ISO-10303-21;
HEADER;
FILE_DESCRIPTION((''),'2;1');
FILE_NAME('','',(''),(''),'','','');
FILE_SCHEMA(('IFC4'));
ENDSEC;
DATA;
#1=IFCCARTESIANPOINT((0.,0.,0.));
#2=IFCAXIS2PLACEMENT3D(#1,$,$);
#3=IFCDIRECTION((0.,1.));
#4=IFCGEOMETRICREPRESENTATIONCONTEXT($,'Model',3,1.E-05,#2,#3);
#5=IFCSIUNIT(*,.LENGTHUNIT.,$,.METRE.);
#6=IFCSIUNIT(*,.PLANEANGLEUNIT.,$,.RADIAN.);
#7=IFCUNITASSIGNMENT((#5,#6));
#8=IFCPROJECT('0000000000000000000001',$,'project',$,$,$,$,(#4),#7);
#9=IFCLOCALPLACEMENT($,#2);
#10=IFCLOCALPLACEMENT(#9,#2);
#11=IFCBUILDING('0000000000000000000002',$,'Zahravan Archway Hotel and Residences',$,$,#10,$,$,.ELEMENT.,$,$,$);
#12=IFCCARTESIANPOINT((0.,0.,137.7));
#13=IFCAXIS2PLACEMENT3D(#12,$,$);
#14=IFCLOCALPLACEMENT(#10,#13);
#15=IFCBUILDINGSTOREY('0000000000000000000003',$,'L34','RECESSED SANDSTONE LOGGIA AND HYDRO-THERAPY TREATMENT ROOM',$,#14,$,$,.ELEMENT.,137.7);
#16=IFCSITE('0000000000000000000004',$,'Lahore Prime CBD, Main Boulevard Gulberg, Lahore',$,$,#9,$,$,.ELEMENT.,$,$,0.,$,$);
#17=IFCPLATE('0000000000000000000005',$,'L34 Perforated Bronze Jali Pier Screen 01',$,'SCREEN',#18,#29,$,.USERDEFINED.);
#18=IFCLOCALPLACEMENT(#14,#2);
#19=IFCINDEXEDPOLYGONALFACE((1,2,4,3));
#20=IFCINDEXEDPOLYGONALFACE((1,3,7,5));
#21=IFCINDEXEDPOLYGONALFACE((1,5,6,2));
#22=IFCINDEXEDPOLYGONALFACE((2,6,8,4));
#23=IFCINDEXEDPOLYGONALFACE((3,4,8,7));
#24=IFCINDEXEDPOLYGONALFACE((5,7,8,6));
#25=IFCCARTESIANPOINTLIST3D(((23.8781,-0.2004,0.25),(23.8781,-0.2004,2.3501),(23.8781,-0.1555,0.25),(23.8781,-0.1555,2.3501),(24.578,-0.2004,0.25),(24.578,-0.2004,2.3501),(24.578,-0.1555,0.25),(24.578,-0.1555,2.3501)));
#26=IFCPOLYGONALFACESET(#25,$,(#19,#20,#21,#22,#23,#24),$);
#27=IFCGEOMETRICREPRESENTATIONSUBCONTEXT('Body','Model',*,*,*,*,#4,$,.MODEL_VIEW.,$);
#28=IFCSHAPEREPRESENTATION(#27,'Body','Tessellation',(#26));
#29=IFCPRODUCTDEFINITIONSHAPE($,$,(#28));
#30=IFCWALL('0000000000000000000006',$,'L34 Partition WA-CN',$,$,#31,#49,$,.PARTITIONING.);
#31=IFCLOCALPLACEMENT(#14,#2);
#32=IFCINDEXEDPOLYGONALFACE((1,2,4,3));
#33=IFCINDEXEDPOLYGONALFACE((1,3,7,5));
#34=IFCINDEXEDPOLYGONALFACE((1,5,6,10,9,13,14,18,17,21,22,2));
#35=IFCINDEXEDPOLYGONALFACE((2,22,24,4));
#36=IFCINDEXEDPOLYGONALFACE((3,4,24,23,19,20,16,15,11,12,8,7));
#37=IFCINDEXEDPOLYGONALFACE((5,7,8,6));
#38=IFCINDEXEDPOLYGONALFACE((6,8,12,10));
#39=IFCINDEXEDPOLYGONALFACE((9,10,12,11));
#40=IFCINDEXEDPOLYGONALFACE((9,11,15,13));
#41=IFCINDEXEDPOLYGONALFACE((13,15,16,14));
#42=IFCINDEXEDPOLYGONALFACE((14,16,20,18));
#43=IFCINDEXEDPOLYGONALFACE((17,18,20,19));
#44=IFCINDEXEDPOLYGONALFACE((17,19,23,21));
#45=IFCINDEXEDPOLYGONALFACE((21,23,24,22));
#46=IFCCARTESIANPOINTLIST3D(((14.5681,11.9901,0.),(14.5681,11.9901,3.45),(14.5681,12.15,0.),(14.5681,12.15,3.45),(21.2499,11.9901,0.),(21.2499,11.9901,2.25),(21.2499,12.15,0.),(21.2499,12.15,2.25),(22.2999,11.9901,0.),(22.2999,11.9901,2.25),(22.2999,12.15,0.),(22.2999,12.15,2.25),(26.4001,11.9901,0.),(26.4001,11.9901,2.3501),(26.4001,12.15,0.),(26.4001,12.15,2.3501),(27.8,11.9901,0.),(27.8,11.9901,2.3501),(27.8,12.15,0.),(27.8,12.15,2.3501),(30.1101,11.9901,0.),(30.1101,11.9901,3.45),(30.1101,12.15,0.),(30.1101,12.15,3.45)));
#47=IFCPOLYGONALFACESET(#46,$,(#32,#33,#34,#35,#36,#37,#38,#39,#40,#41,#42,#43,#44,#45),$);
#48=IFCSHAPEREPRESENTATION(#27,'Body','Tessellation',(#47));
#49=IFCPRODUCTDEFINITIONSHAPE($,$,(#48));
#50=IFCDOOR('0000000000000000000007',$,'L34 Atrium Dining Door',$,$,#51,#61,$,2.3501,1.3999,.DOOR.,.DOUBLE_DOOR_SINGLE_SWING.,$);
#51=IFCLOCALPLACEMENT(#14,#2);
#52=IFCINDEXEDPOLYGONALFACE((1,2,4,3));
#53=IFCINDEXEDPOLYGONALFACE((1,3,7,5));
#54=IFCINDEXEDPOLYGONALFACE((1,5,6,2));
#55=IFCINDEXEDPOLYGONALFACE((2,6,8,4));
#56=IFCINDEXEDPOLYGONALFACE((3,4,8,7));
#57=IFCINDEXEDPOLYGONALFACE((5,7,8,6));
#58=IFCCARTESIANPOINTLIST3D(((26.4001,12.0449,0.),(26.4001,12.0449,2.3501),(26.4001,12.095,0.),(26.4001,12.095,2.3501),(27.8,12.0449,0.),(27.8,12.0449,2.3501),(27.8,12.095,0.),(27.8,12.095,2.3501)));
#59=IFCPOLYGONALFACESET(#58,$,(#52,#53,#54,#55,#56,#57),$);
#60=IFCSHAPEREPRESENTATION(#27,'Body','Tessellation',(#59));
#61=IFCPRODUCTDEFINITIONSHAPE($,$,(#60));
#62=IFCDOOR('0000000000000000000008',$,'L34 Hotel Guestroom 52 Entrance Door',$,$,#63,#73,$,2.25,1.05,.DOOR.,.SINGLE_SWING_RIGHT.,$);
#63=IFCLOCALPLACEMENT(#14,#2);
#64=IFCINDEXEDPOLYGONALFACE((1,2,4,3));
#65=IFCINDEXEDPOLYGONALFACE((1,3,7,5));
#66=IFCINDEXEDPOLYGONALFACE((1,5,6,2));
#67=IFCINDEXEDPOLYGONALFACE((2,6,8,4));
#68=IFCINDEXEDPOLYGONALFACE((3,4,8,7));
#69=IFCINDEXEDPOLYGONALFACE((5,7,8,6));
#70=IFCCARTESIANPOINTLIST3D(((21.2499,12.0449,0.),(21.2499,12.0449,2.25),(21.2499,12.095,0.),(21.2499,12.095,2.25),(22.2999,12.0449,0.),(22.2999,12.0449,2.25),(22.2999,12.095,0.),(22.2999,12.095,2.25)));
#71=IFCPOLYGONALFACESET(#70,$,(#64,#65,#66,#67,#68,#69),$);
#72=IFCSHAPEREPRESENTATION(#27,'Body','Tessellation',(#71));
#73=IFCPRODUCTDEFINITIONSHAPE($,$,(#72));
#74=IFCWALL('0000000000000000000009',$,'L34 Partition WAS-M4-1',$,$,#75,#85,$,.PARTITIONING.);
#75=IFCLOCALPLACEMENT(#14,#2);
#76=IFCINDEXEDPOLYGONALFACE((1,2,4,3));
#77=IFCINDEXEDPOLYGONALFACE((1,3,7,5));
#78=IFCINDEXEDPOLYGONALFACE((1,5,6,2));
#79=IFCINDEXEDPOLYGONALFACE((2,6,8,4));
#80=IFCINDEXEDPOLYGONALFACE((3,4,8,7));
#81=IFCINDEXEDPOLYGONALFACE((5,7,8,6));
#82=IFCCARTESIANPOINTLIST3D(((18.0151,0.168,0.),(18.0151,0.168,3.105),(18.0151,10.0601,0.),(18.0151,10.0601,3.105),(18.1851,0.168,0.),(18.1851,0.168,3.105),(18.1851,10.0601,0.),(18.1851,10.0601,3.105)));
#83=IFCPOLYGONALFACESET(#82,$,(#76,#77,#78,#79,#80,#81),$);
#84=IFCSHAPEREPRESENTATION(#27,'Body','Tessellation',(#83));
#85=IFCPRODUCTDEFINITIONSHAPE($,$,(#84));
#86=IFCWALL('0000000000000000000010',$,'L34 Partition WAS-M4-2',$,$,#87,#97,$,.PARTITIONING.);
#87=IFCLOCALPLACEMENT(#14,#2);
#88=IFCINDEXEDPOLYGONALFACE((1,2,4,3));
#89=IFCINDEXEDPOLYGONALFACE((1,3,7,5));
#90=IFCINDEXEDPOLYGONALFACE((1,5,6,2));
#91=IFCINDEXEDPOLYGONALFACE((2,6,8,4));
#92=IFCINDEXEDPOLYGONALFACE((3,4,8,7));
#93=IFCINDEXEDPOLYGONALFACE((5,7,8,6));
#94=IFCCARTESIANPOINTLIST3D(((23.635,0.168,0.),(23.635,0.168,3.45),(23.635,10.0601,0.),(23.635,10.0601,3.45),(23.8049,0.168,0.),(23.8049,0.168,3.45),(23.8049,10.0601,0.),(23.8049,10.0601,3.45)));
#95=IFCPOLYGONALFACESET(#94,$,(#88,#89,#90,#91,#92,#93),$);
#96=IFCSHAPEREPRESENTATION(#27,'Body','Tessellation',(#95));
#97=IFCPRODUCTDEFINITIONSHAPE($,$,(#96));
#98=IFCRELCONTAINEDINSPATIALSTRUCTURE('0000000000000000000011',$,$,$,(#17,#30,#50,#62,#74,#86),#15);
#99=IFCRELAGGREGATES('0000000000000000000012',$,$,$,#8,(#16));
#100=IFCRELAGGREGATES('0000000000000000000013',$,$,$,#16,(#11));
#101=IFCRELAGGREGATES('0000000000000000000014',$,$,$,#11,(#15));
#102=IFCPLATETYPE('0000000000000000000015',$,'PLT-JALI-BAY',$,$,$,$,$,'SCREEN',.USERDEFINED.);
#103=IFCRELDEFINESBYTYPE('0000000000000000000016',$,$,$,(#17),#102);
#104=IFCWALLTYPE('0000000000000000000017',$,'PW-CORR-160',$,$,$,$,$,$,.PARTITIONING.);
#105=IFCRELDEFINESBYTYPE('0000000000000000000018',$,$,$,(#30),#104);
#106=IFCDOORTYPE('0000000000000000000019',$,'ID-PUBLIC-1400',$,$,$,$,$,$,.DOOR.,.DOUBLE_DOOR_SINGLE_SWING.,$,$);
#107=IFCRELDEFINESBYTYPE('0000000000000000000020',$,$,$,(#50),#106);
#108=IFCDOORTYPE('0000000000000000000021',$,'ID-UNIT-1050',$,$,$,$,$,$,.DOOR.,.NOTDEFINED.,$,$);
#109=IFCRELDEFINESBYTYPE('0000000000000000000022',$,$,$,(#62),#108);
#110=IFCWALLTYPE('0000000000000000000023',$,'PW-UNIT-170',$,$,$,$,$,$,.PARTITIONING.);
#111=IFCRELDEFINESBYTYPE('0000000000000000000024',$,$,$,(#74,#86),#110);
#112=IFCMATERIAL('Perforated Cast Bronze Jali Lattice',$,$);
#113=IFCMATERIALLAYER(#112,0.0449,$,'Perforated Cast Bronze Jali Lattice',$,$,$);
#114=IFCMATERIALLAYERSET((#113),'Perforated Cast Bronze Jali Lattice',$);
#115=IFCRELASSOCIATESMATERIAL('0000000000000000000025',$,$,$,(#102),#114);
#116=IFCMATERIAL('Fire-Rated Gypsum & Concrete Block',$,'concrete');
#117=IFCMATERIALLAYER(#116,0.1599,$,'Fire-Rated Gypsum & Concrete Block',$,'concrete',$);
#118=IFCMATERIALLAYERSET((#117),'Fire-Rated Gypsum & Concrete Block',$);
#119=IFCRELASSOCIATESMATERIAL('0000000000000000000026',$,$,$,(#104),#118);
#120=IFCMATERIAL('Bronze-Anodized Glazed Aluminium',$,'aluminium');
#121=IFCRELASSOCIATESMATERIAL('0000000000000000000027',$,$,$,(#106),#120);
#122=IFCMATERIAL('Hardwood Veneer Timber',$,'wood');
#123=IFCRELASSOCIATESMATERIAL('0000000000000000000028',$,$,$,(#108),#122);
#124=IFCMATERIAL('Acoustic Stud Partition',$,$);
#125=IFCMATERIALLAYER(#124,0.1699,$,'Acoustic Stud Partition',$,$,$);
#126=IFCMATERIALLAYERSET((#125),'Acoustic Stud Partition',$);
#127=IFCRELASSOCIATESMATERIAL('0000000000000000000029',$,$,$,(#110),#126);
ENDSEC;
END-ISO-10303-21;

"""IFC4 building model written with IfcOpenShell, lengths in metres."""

from ifc_helpers import new_model, si_unit, direction, frame, frame_2d, origin, origin_2d, place, context, subcontext, project, spatial, rectangle, extrude, source, transform, mapped, material, layer, layer_set, type_object, type_shapes, element, fill, save


model = new_model("IFC4")

# Units and contexts
model_context = context("Model", 3, precision=1e-05, world=origin(), true_north=direction((0.0, 1.0)))
body_context = subcontext(model_context, "Body", "Model", "MODEL_VIEW")
ifc_project = project(units=[si_unit("LENGTHUNIT", "METRE"), si_unit("PLANEANGLEUNIT", "RADIAN")], contexts=[model_context])

# Site, building, storey
site_placement = place(None, origin())
site = spatial("IfcSite", under=ifc_project, at=site_placement, Name="Lahore Prime CBD, Main Boulevard Gulberg, Lahore", CompositionType="ELEMENT", RefElevation=0.0)
building_placement = place(site_placement, origin())
building = spatial("IfcBuilding", under=site, at=building_placement, Name="Zahravan Archway Hotel and Residences", CompositionType="ELEMENT")
storey_placement = place(building_placement, frame((0.0, 0.0, 137.7)))
storey = spatial("IfcBuildingStorey", under=building, at=storey_placement, Name="L34", Description="RECESSED SANDSTONE LOGGIA AND HYDRO-THERAPY TREATMENT ROOM", CompositionType="ELEMENT", Elevation=137.7)

# Plate
ifc_material_1 = material(Name="Perforated Cast Bronze Jali Lattice")
ifc_layer_1 = layer(ifc_material_1, 0.0449, Name="Perforated Cast Bronze Jali Lattice")
ifc_layer_set_1 = layer_set([ifc_layer_1], Name="Perforated Cast Bronze Jali Lattice")
plate_type = type_object("IfcPlateType", Name="PLT-JALI-BAY", ElementType="SCREEN", PredefinedType="USERDEFINED", material=ifc_layer_set_1)
shared_shape_1 = source(origin(), body_context, "Body", "SweptSolid", [
    extrude(rectangle(XDim=0.7, YDim=0.0449, at=origin_2d()), origin(), (0.0, 0.0, 1.0), 2.1001),
])
type_shapes(plate_type, [shared_shape_1])
plate_placement = place(storey_placement, frame((24.228, -0.178, 0.25), z_axis=(0.0, 0.0, 1.0), x_axis=(1.0, 0.0, 0.0)))
element("IfcPlate", 1, at=plate_placement, inside=storey, type_object=plate_type, Name="L34 Perforated Bronze Jali Pier Screen 01", ObjectType="SCREEN", PredefinedType="USERDEFINED", context=body_context, shape_type="MappedRepresentation", body=[
    mapped(shared_shape_1, transform((0.0, 0.0, 0.0), scale=1.0)),
])

# Wall, openings, doors
ifc_material_2 = material(Name="Fire-Rated Gypsum & Concrete Block", Category="concrete")
ifc_layer_2 = layer(ifc_material_2, 0.1599, Name="Fire-Rated Gypsum & Concrete Block", Category="concrete")
ifc_layer_set_2 = layer_set([ifc_layer_2], Name="Fire-Rated Gypsum & Concrete Block")
wall_type_1 = type_object("IfcWallType", Name="PW-CORR-160", PredefinedType="PARTITIONING", material=ifc_layer_set_2)
wall_1_placement = place(storey_placement, frame((14.5681, 12.0701, 0.0), z_axis=(0.0, 0.0, 1.0), x_axis=(1.0, 0.0, 0.0)))
wall_1 = element("IfcWall", 2, at=wall_1_placement, inside=storey, type_object=wall_type_1, Name="L34 Partition WA-CN", PredefinedType="PARTITIONING", context=body_context, shape_type="SweptSolid", body=[
    extrude(rectangle(XDim=15.542, YDim=0.1599, at=frame_2d((7.771, 0.0))), origin(), (0.0, 0.0, 1.0), 3.45),
])
opening_1_placement = place(wall_1_placement, frame((6.6819, 0.0, 0.0)))
opening_1 = element("IfcOpeningElement", 3, at=opening_1_placement, cuts=wall_1, PredefinedType="OPENING", context=body_context, shape_type="SweptSolid", body=[
    extrude(rectangle(XDim=1.05, YDim=2.25, at=frame_2d((0.5249, 1.125))), frame((0.0, 0.0898, 0.0), z_axis=(0.0, -1.0, 0.0), x_axis=(1.0, 0.0, 0.0)), (0.0, 0.0, 1.0), 0.1799),
])
opening_2_placement = place(wall_1_placement, frame((11.832, 0.0, 0.0)))
opening_2 = element("IfcOpeningElement", 4, at=opening_2_placement, cuts=wall_1, PredefinedType="OPENING", context=body_context, shape_type="SweptSolid", body=[
    extrude(rectangle(XDim=1.3999, YDim=2.3501, at=frame_2d((0.7, 1.175))), frame((0.0, 0.0898, 0.0), z_axis=(0.0, -1.0, 0.0), x_axis=(1.0, 0.0, 0.0)), (0.0, 0.0, 1.0), 0.1799),
])
ifc_material_3 = material(Name="Bronze-Anodized Glazed Aluminium", Category="aluminium")
door_type_1 = type_object("IfcDoorType", Name="ID-PUBLIC-1400", OperationType="DOUBLE_DOOR_SINGLE_SWING", PredefinedType="DOOR", material=ifc_material_3)
shared_shape_2 = source(origin(), body_context, "Body", "SweptSolid", [
    extrude(rectangle(XDim=1.3999, YDim=2.3501, at=frame_2d((0.7, 1.175))), frame((0.0, 0.0249, 0.0), z_axis=(0.0, -1.0, 0.0), x_axis=(1.0, 0.0, 0.0)), (0.0, 0.0, 1.0), 0.05),
])
type_shapes(door_type_1, [shared_shape_2])
door_1_placement = place(opening_2_placement, origin())
door_1 = element("IfcDoor", 5, at=door_1_placement, inside=storey, type_object=door_type_1, Name="L34 Atrium Dining Door", OperationType="DOUBLE_DOOR_SINGLE_SWING", OverallHeight=2.3501, OverallWidth=1.3999, PredefinedType="DOOR", context=body_context, shape_type="MappedRepresentation", body=[
    mapped(shared_shape_2, transform((0.0, 0.0, 0.0), scale=1.0)),
])
fill(opening_2, door_1)
ifc_material_4 = material(Name="Hardwood Veneer Timber", Category="wood")
door_type_2 = type_object("IfcDoorType", Name="ID-UNIT-1050", OperationType="NOTDEFINED", PredefinedType="DOOR", material=ifc_material_4)
shared_shape_3 = source(origin(), body_context, "Body", "SweptSolid", [
    extrude(rectangle(XDim=1.05, YDim=2.25, at=frame_2d((0.5249, 1.125))), frame((0.0, 0.0249, 0.0), z_axis=(0.0, -1.0, 0.0), x_axis=(1.0, 0.0, 0.0)), (0.0, 0.0, 1.0), 0.05),
])
type_shapes(door_type_2, [shared_shape_3])
door_2_placement = place(opening_1_placement, origin())
door_2 = element("IfcDoor", 6, at=door_2_placement, inside=storey, type_object=door_type_2, Name="L34 Hotel Guestroom 52 Entrance Door", OperationType="SINGLE_SWING_RIGHT", OverallHeight=2.25, OverallWidth=1.05, PredefinedType="DOOR", context=body_context, shape_type="MappedRepresentation", body=[
    mapped(shared_shape_3, transform((0.0, 0.0, 0.0), scale=1.0)),
])
fill(opening_1, door_2)

# Walls
ifc_material_5 = material(Name="Acoustic Stud Partition")
ifc_layer_3 = layer(ifc_material_5, 0.1699, Name="Acoustic Stud Partition")
ifc_layer_set_3 = layer_set([ifc_layer_3], Name="Acoustic Stud Partition")
wall_type_2 = type_object("IfcWallType", Name="PW-UNIT-170", PredefinedType="PARTITIONING", material=ifc_layer_set_3)
wall_2_placement = place(storey_placement, frame((18.1001, 0.168, 0.0), z_axis=(0.0, 0.0, 1.0), x_axis=(0.0, 1.0, 0.0)))
element("IfcWall", 7, at=wall_2_placement, inside=storey, type_object=wall_type_2, Name="L34 Partition WAS-M4-1", PredefinedType="PARTITIONING", context=body_context, shape_type="SweptSolid", body=[
    extrude(rectangle(XDim=9.8921, YDim=0.1699, at=frame_2d((4.946, 0.0))), origin(), (0.0, 0.0, 1.0), 3.105),
])
wall_3_placement = place(storey_placement, frame((23.72, 0.168, 0.0), z_axis=(0.0, 0.0, 1.0), x_axis=(0.0, 1.0, 0.0)))
element("IfcWall", 8, at=wall_3_placement, inside=storey, type_object=wall_type_2, Name="L34 Partition WAS-M4-2", PredefinedType="PARTITIONING", context=body_context, shape_type="SweptSolid", body=[
    extrude(rectangle(XDim=9.8921, YDim=0.1699, at=frame_2d((4.946, 0.0))), origin(), (0.0, 0.0, 1.0), 3.45),
])

save(model, "model.ifc")
